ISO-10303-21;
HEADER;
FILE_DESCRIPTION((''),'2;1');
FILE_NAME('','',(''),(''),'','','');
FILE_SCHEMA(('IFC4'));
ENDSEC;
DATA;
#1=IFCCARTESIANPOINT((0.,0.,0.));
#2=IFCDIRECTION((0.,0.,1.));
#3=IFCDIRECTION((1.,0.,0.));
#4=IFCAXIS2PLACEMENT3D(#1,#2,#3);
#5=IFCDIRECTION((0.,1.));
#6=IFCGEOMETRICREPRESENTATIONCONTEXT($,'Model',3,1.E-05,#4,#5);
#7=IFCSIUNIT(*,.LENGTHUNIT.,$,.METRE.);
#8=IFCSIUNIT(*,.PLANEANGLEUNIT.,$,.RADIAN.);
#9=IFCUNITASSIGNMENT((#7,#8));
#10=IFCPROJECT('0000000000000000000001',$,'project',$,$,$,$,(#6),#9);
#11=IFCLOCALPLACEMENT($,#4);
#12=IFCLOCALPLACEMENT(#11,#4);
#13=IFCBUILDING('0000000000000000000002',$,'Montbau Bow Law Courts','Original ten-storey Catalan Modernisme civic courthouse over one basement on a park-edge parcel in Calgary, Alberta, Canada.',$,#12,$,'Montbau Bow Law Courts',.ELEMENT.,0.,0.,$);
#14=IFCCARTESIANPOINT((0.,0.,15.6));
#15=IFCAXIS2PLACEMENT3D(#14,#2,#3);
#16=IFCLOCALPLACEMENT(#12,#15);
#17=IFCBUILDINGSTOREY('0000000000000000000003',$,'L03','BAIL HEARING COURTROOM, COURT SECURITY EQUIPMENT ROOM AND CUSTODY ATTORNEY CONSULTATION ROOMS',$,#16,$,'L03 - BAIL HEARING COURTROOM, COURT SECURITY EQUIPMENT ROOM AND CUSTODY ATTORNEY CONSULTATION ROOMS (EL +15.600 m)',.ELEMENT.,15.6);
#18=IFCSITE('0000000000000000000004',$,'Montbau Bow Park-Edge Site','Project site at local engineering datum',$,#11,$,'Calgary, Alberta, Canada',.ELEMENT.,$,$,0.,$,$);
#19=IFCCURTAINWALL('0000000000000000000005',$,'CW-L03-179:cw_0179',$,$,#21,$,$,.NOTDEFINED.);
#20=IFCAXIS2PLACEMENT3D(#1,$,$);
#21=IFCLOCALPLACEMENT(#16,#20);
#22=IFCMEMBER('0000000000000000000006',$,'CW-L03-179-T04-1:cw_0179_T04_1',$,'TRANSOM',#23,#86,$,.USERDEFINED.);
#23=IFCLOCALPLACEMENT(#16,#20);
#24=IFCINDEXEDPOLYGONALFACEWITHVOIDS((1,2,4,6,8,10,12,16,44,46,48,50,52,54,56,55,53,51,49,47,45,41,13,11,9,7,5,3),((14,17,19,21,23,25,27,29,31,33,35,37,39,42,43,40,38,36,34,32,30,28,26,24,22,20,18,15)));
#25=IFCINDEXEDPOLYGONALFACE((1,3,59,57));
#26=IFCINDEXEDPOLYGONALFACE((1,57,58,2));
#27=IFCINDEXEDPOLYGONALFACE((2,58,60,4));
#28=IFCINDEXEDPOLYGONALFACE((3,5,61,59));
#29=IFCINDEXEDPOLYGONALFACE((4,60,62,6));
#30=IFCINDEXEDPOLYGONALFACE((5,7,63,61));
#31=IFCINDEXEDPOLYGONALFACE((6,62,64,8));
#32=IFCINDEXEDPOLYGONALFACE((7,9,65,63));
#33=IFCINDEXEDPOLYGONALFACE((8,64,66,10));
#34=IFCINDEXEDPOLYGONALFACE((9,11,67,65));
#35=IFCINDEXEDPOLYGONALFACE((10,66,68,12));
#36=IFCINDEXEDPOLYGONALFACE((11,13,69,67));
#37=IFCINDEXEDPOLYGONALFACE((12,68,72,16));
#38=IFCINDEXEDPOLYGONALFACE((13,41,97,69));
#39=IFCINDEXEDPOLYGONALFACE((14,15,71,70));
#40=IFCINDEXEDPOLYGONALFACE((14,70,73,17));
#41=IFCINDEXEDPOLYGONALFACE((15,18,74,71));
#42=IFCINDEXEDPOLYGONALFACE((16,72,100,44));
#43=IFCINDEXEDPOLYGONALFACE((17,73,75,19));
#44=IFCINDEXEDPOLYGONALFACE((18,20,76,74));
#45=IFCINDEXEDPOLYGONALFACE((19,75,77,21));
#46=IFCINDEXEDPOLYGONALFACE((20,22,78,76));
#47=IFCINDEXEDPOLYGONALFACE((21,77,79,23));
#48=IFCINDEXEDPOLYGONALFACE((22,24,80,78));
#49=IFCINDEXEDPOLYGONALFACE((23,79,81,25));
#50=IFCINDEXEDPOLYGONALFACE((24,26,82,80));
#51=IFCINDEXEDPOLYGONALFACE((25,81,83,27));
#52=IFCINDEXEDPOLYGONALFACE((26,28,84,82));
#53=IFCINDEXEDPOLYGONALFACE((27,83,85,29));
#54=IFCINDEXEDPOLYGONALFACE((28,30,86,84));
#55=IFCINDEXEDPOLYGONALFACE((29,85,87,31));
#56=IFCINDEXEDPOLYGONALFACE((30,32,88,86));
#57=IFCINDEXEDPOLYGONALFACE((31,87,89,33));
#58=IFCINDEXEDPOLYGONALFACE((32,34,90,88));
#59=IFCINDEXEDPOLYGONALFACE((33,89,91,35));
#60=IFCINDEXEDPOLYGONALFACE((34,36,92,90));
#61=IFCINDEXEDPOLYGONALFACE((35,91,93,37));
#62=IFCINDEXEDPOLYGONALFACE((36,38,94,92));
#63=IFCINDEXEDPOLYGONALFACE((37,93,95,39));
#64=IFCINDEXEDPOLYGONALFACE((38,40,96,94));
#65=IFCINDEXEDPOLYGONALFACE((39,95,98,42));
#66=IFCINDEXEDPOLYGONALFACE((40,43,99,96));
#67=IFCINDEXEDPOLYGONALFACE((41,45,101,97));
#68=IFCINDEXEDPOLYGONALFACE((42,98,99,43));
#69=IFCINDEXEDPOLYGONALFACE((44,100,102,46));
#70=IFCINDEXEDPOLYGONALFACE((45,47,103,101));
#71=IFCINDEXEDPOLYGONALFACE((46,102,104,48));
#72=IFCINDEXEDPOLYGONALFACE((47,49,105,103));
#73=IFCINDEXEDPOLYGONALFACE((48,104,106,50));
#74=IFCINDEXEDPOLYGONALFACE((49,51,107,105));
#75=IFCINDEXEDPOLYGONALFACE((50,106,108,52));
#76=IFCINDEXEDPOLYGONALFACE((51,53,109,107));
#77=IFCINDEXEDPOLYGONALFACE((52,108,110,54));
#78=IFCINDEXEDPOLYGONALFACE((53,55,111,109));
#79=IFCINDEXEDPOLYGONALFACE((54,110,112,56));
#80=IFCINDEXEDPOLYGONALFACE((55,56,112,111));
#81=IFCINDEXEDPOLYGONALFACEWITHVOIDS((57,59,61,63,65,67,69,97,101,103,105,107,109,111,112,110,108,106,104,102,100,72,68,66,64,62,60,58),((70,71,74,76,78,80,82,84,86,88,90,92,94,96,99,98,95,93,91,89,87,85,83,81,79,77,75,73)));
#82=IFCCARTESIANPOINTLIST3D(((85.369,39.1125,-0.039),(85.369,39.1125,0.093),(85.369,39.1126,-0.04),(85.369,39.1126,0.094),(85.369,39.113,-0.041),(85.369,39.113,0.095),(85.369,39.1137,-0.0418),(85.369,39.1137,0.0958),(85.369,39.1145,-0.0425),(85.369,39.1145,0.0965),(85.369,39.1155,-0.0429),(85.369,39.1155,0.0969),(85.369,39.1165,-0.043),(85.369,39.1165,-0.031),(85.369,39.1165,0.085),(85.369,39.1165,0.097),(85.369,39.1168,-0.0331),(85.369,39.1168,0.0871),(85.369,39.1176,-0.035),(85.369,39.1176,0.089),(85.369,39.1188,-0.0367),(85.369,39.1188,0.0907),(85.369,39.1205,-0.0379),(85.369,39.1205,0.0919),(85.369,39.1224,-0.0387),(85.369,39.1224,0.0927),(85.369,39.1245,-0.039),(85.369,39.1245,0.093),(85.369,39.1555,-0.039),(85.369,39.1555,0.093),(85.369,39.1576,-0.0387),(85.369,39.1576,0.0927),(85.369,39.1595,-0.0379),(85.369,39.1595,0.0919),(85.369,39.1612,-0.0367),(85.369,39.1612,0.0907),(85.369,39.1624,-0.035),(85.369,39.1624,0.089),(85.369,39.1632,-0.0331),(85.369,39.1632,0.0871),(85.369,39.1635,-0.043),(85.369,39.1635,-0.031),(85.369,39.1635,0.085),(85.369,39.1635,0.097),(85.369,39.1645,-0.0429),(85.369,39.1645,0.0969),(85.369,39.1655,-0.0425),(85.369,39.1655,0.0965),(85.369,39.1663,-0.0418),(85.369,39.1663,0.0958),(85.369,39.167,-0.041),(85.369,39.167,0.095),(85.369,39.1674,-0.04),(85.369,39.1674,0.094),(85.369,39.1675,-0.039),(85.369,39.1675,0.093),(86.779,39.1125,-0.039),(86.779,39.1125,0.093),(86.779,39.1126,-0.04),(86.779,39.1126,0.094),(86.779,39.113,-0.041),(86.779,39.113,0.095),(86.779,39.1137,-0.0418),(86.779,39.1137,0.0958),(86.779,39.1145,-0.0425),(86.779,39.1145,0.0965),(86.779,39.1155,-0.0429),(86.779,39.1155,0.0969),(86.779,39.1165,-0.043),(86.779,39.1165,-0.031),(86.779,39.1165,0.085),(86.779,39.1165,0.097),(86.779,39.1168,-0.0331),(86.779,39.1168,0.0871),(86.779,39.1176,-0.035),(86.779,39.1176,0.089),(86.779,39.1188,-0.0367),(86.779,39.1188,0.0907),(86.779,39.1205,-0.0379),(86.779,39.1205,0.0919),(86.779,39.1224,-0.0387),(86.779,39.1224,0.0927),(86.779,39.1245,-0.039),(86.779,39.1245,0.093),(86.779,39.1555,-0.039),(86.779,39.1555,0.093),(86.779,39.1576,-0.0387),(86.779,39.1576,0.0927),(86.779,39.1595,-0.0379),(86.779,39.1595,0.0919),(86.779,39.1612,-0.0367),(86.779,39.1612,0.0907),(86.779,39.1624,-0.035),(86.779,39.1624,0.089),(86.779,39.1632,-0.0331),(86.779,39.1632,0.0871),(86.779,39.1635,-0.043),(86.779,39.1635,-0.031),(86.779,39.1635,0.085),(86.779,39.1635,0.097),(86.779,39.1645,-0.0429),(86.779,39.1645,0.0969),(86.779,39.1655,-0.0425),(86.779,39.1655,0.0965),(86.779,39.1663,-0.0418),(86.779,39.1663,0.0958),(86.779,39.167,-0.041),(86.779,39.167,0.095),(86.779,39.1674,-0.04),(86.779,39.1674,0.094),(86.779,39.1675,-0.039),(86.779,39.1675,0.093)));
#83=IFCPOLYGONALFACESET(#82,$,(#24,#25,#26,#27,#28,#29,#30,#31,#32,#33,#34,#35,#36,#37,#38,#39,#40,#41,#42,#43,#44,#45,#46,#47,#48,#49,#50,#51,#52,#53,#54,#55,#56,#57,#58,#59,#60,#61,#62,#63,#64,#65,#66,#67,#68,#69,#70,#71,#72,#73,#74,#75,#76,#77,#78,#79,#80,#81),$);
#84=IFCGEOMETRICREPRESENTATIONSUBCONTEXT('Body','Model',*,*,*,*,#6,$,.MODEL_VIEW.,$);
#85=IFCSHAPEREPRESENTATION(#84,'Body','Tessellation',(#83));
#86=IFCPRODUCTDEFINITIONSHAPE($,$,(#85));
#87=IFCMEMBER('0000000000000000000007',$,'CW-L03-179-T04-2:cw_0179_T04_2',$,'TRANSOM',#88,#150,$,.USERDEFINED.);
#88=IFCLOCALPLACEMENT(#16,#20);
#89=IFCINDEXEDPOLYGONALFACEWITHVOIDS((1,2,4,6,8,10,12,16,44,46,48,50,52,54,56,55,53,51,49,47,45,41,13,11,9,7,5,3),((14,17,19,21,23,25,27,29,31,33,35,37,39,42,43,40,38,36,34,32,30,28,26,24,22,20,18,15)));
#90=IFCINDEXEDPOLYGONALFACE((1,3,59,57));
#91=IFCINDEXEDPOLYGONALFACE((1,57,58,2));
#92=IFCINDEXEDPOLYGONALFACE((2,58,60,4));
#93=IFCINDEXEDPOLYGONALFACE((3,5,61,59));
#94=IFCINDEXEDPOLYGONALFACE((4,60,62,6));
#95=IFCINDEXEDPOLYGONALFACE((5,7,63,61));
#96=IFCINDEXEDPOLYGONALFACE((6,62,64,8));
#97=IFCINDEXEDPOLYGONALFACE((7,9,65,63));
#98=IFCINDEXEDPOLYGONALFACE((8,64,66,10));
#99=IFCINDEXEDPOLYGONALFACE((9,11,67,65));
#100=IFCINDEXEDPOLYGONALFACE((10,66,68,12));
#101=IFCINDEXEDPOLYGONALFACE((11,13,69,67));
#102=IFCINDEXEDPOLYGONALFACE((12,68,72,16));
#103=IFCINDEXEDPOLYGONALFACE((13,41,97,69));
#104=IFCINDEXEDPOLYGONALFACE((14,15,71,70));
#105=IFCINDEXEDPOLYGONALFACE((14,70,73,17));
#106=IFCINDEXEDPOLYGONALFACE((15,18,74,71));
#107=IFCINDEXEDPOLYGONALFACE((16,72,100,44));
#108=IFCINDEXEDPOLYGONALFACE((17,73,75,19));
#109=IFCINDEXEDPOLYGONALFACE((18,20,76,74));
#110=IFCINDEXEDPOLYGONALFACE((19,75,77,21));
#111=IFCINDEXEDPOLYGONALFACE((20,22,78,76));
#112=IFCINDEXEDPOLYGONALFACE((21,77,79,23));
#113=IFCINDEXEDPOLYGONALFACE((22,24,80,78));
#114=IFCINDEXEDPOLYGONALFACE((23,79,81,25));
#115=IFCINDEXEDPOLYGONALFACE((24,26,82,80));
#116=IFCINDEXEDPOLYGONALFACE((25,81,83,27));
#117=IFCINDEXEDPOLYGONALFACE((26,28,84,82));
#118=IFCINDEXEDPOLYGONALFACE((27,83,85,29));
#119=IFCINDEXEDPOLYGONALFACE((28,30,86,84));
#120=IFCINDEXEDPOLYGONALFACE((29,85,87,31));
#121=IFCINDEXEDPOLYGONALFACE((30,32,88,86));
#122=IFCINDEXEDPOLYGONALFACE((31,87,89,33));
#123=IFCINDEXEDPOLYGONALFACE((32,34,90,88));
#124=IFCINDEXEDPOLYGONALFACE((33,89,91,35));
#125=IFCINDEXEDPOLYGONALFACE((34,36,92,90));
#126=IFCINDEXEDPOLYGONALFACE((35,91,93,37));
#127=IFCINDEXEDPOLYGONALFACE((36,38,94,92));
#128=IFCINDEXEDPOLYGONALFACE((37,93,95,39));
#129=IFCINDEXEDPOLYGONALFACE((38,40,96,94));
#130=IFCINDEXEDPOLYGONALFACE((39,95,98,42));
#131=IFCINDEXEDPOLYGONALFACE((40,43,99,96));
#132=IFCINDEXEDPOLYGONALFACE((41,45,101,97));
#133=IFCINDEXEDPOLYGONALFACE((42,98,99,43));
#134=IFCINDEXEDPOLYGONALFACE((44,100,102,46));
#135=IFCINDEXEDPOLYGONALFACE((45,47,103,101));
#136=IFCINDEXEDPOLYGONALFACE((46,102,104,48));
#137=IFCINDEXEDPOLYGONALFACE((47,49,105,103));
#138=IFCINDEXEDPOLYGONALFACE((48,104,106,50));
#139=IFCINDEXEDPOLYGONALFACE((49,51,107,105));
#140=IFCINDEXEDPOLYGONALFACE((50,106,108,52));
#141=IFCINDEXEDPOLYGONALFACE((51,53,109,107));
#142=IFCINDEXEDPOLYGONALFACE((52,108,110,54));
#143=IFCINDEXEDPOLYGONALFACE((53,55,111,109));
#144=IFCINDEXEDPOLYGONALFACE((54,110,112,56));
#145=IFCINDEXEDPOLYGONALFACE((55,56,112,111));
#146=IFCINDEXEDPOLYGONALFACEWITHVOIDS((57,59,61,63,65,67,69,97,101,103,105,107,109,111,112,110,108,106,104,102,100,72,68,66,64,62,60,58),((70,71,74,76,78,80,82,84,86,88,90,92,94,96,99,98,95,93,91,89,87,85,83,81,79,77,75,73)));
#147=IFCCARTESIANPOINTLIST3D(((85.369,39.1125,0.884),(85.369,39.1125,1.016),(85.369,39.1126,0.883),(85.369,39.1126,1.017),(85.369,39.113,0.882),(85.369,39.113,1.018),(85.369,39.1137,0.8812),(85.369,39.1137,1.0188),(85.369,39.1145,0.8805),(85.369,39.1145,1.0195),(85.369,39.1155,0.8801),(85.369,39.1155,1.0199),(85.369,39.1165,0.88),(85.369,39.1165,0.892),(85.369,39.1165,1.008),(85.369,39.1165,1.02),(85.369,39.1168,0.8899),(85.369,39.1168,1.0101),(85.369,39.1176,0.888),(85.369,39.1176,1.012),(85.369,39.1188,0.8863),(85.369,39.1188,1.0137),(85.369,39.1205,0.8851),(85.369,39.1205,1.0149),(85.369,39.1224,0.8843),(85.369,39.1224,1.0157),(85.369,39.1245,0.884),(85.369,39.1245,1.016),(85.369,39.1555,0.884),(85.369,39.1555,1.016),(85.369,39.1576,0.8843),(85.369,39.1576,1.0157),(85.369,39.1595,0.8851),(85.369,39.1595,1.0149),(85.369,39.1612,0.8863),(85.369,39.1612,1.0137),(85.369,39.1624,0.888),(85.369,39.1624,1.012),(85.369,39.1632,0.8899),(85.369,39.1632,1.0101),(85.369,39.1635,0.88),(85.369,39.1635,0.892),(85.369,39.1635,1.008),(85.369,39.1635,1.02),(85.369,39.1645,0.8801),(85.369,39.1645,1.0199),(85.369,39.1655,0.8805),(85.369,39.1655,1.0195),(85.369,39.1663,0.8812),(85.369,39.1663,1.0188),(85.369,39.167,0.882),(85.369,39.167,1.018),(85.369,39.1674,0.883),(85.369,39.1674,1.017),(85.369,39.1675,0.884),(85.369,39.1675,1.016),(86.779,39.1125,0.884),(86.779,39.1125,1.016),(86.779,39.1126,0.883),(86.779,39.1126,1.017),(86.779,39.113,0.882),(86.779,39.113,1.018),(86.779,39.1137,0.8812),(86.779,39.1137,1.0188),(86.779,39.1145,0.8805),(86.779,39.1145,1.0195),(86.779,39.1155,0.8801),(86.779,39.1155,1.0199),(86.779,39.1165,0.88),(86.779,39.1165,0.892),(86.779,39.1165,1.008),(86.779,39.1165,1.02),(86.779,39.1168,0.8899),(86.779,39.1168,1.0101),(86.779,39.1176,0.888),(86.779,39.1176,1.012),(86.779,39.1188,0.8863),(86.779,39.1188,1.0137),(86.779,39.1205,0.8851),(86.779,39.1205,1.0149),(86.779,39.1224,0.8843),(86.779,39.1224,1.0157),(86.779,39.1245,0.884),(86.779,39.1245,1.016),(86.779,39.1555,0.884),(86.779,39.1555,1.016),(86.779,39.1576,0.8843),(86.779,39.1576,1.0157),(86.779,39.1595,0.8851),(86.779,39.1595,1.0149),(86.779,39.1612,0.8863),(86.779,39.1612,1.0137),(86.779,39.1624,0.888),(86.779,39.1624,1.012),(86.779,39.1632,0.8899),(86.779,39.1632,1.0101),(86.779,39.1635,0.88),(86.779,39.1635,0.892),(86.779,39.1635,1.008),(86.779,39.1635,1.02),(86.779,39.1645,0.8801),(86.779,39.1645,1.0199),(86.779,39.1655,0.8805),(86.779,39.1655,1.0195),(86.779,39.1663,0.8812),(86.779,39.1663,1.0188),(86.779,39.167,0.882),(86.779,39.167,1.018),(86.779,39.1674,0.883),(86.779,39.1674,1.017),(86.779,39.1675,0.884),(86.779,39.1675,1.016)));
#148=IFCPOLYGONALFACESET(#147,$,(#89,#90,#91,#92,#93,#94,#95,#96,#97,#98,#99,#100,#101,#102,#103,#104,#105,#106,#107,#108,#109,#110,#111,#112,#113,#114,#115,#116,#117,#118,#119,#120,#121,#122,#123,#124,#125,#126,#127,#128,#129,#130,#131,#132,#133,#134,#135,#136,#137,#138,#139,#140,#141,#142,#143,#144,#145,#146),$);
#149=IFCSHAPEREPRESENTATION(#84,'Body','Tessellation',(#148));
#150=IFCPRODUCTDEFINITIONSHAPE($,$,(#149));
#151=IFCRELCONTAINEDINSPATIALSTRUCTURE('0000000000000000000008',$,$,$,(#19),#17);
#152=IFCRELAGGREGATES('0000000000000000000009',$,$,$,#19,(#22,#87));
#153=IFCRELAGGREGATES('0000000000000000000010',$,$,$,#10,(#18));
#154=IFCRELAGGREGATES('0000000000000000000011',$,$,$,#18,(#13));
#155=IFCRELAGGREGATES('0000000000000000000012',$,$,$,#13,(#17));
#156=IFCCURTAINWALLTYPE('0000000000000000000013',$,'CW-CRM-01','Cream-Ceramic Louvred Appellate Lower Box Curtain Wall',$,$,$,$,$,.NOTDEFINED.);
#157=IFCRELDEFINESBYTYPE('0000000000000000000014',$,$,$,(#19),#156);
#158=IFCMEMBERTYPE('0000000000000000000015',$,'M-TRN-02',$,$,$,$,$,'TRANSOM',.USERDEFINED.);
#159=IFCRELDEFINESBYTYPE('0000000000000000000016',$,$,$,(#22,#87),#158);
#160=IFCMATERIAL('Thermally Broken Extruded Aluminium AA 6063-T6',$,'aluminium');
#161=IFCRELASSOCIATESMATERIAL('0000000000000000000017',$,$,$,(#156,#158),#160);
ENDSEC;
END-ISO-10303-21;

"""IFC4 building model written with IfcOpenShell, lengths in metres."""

from ifc_helpers import new_model, si_unit, direction, frame, origin_with_axes, origin_2d_with_axis, place, context, subcontext, project, spatial, hollow_rectangle, extrude, material, material_profile, profile_set, type_object, element, aggregate, save


model = new_model("IFC4")

# Units and contexts
model_context = context("Model", 3, precision=1e-05, world=origin_with_axes(), true_north=direction((0.0, 1.0)))
body_context = subcontext(model_context, "Body", "Model", "MODEL_VIEW")
ifc_project = project(units=[si_unit("LENGTHUNIT", "METRE"), si_unit("PLANEANGLEUNIT", "RADIAN")], contexts=[model_context])

# Site, building, storey
site_placement = place(None, origin_with_axes())
site = spatial("IfcSite", under=ifc_project, at=site_placement, Name="Montbau Bow Park-Edge Site", Description="Project site at local engineering datum", LongName="Calgary, Alberta, Canada", CompositionType="ELEMENT", RefElevation=0.0)
building_placement = place(site_placement, origin_with_axes())
building = spatial("IfcBuilding", under=site, at=building_placement, Name="Montbau Bow Law Courts", Description="Original ten-storey Catalan Modernisme civic courthouse over one basement on a park-edge parcel in Calgary, Alberta, Canada.", LongName="Montbau Bow Law Courts", CompositionType="ELEMENT", ElevationOfRefHeight=0.0, ElevationOfTerrain=0.0)
storey_placement = place(building_placement, frame((0.0, 0.0, 15.6), z_axis=(0.0, 0.0, 1.0), x_axis=(1.0, 0.0, 0.0)))
storey = spatial("IfcBuildingStorey", under=building, at=storey_placement, Name="L03", Description="BAIL HEARING COURTROOM, COURT SECURITY EQUIPMENT ROOM AND CUSTODY ATTORNEY CONSULTATION ROOMS", LongName="L03 - BAIL HEARING COURTROOM, COURT SECURITY EQUIPMENT ROOM AND CUSTODY ATTORNEY CONSULTATION ROOMS (EL +15.600 m)", CompositionType="ELEMENT", Elevation=15.6)

# Curtain wall, members
ifc_material_1 = material(Name="Thermally Broken Extruded Aluminium AA 6063-T6", Category="aluminium")
curtain_wall_type = type_object("IfcCurtainWallType", Name="CW-CRM-01", Description="Cream-Ceramic Louvred Appellate Lower Box Curtain Wall", PredefinedType="NOTDEFINED", material=ifc_material_1)
curtain_wall_placement = place(None, frame((80.915, 39.14, 15.6), z_axis=(0.0, 0.0, 1.0), x_axis=(1.0, 0.0, 0.0)))
curtain_wall = element("IfcCurtainWall", 1, at=curtain_wall_placement, inside=storey, type_object=curtain_wall_type, Name="CW-L03-179:cw_0179", PredefinedType="NOTDEFINED")
ifc_material_profile_1 = material_profile(ifc_material_1, hollow_rectangle(XDim=0.055, YDim=0.14, WallThickness=0.004, InnerFilletRadius=0.008, OuterFilletRadius=0.004, at=origin_2d_with_axis()), Name="CWT-140X55", Category="Main", Priority=0)
ifc_profile_set_1 = profile_set([ifc_material_profile_1], Name="Thermally Broken Extruded Aluminium AA 6063-T6")
member_type_1 = type_object("IfcMemberType", Name="M-TRN-02", ElementType="TRANSOM", PredefinedType="USERDEFINED", material=ifc_profile_set_1)
member_1_placement = place(None, frame((85.369, 39.14, 15.627), z_axis=(1.0, 0.0, 0.0), x_axis=(0.0, 1.0, 0.0)))
member_1 = element("IfcMember", 2, at=member_1_placement, type_object=member_type_1, Name="CW-L03-179-T04-1:cw_0179_T04_1", ObjectType="TRANSOM", PredefinedType="USERDEFINED", context=body_context, shape_type="SweptSolid", body=[
    extrude(hollow_rectangle(XDim=0.055, YDim=0.14, WallThickness=0.004, InnerFilletRadius=0.008, OuterFilletRadius=0.004, at=origin_2d_with_axis()), origin_with_axes(), (0.0, 0.0, 1.0), 1.41),
])
member_2_placement = place(None, frame((85.369, 39.14, 16.55), z_axis=(1.0, 0.0, 0.0), x_axis=(0.0, 1.0, 0.0)))
member_2 = element("IfcMember", 3, at=member_2_placement, type_object=member_type_1, Name="CW-L03-179-T04-2:cw_0179_T04_2", ObjectType="TRANSOM", PredefinedType="USERDEFINED", context=body_context, shape_type="SweptSolid", body=[
    extrude(hollow_rectangle(XDim=0.055, YDim=0.14, WallThickness=0.004, InnerFilletRadius=0.008, OuterFilletRadius=0.004, at=origin_2d_with_axis()), origin_with_axes(), (0.0, 0.0, 1.0), 1.41),
])
aggregate(curtain_wall, [member_1, member_2])

save(model, "model.ifc")
